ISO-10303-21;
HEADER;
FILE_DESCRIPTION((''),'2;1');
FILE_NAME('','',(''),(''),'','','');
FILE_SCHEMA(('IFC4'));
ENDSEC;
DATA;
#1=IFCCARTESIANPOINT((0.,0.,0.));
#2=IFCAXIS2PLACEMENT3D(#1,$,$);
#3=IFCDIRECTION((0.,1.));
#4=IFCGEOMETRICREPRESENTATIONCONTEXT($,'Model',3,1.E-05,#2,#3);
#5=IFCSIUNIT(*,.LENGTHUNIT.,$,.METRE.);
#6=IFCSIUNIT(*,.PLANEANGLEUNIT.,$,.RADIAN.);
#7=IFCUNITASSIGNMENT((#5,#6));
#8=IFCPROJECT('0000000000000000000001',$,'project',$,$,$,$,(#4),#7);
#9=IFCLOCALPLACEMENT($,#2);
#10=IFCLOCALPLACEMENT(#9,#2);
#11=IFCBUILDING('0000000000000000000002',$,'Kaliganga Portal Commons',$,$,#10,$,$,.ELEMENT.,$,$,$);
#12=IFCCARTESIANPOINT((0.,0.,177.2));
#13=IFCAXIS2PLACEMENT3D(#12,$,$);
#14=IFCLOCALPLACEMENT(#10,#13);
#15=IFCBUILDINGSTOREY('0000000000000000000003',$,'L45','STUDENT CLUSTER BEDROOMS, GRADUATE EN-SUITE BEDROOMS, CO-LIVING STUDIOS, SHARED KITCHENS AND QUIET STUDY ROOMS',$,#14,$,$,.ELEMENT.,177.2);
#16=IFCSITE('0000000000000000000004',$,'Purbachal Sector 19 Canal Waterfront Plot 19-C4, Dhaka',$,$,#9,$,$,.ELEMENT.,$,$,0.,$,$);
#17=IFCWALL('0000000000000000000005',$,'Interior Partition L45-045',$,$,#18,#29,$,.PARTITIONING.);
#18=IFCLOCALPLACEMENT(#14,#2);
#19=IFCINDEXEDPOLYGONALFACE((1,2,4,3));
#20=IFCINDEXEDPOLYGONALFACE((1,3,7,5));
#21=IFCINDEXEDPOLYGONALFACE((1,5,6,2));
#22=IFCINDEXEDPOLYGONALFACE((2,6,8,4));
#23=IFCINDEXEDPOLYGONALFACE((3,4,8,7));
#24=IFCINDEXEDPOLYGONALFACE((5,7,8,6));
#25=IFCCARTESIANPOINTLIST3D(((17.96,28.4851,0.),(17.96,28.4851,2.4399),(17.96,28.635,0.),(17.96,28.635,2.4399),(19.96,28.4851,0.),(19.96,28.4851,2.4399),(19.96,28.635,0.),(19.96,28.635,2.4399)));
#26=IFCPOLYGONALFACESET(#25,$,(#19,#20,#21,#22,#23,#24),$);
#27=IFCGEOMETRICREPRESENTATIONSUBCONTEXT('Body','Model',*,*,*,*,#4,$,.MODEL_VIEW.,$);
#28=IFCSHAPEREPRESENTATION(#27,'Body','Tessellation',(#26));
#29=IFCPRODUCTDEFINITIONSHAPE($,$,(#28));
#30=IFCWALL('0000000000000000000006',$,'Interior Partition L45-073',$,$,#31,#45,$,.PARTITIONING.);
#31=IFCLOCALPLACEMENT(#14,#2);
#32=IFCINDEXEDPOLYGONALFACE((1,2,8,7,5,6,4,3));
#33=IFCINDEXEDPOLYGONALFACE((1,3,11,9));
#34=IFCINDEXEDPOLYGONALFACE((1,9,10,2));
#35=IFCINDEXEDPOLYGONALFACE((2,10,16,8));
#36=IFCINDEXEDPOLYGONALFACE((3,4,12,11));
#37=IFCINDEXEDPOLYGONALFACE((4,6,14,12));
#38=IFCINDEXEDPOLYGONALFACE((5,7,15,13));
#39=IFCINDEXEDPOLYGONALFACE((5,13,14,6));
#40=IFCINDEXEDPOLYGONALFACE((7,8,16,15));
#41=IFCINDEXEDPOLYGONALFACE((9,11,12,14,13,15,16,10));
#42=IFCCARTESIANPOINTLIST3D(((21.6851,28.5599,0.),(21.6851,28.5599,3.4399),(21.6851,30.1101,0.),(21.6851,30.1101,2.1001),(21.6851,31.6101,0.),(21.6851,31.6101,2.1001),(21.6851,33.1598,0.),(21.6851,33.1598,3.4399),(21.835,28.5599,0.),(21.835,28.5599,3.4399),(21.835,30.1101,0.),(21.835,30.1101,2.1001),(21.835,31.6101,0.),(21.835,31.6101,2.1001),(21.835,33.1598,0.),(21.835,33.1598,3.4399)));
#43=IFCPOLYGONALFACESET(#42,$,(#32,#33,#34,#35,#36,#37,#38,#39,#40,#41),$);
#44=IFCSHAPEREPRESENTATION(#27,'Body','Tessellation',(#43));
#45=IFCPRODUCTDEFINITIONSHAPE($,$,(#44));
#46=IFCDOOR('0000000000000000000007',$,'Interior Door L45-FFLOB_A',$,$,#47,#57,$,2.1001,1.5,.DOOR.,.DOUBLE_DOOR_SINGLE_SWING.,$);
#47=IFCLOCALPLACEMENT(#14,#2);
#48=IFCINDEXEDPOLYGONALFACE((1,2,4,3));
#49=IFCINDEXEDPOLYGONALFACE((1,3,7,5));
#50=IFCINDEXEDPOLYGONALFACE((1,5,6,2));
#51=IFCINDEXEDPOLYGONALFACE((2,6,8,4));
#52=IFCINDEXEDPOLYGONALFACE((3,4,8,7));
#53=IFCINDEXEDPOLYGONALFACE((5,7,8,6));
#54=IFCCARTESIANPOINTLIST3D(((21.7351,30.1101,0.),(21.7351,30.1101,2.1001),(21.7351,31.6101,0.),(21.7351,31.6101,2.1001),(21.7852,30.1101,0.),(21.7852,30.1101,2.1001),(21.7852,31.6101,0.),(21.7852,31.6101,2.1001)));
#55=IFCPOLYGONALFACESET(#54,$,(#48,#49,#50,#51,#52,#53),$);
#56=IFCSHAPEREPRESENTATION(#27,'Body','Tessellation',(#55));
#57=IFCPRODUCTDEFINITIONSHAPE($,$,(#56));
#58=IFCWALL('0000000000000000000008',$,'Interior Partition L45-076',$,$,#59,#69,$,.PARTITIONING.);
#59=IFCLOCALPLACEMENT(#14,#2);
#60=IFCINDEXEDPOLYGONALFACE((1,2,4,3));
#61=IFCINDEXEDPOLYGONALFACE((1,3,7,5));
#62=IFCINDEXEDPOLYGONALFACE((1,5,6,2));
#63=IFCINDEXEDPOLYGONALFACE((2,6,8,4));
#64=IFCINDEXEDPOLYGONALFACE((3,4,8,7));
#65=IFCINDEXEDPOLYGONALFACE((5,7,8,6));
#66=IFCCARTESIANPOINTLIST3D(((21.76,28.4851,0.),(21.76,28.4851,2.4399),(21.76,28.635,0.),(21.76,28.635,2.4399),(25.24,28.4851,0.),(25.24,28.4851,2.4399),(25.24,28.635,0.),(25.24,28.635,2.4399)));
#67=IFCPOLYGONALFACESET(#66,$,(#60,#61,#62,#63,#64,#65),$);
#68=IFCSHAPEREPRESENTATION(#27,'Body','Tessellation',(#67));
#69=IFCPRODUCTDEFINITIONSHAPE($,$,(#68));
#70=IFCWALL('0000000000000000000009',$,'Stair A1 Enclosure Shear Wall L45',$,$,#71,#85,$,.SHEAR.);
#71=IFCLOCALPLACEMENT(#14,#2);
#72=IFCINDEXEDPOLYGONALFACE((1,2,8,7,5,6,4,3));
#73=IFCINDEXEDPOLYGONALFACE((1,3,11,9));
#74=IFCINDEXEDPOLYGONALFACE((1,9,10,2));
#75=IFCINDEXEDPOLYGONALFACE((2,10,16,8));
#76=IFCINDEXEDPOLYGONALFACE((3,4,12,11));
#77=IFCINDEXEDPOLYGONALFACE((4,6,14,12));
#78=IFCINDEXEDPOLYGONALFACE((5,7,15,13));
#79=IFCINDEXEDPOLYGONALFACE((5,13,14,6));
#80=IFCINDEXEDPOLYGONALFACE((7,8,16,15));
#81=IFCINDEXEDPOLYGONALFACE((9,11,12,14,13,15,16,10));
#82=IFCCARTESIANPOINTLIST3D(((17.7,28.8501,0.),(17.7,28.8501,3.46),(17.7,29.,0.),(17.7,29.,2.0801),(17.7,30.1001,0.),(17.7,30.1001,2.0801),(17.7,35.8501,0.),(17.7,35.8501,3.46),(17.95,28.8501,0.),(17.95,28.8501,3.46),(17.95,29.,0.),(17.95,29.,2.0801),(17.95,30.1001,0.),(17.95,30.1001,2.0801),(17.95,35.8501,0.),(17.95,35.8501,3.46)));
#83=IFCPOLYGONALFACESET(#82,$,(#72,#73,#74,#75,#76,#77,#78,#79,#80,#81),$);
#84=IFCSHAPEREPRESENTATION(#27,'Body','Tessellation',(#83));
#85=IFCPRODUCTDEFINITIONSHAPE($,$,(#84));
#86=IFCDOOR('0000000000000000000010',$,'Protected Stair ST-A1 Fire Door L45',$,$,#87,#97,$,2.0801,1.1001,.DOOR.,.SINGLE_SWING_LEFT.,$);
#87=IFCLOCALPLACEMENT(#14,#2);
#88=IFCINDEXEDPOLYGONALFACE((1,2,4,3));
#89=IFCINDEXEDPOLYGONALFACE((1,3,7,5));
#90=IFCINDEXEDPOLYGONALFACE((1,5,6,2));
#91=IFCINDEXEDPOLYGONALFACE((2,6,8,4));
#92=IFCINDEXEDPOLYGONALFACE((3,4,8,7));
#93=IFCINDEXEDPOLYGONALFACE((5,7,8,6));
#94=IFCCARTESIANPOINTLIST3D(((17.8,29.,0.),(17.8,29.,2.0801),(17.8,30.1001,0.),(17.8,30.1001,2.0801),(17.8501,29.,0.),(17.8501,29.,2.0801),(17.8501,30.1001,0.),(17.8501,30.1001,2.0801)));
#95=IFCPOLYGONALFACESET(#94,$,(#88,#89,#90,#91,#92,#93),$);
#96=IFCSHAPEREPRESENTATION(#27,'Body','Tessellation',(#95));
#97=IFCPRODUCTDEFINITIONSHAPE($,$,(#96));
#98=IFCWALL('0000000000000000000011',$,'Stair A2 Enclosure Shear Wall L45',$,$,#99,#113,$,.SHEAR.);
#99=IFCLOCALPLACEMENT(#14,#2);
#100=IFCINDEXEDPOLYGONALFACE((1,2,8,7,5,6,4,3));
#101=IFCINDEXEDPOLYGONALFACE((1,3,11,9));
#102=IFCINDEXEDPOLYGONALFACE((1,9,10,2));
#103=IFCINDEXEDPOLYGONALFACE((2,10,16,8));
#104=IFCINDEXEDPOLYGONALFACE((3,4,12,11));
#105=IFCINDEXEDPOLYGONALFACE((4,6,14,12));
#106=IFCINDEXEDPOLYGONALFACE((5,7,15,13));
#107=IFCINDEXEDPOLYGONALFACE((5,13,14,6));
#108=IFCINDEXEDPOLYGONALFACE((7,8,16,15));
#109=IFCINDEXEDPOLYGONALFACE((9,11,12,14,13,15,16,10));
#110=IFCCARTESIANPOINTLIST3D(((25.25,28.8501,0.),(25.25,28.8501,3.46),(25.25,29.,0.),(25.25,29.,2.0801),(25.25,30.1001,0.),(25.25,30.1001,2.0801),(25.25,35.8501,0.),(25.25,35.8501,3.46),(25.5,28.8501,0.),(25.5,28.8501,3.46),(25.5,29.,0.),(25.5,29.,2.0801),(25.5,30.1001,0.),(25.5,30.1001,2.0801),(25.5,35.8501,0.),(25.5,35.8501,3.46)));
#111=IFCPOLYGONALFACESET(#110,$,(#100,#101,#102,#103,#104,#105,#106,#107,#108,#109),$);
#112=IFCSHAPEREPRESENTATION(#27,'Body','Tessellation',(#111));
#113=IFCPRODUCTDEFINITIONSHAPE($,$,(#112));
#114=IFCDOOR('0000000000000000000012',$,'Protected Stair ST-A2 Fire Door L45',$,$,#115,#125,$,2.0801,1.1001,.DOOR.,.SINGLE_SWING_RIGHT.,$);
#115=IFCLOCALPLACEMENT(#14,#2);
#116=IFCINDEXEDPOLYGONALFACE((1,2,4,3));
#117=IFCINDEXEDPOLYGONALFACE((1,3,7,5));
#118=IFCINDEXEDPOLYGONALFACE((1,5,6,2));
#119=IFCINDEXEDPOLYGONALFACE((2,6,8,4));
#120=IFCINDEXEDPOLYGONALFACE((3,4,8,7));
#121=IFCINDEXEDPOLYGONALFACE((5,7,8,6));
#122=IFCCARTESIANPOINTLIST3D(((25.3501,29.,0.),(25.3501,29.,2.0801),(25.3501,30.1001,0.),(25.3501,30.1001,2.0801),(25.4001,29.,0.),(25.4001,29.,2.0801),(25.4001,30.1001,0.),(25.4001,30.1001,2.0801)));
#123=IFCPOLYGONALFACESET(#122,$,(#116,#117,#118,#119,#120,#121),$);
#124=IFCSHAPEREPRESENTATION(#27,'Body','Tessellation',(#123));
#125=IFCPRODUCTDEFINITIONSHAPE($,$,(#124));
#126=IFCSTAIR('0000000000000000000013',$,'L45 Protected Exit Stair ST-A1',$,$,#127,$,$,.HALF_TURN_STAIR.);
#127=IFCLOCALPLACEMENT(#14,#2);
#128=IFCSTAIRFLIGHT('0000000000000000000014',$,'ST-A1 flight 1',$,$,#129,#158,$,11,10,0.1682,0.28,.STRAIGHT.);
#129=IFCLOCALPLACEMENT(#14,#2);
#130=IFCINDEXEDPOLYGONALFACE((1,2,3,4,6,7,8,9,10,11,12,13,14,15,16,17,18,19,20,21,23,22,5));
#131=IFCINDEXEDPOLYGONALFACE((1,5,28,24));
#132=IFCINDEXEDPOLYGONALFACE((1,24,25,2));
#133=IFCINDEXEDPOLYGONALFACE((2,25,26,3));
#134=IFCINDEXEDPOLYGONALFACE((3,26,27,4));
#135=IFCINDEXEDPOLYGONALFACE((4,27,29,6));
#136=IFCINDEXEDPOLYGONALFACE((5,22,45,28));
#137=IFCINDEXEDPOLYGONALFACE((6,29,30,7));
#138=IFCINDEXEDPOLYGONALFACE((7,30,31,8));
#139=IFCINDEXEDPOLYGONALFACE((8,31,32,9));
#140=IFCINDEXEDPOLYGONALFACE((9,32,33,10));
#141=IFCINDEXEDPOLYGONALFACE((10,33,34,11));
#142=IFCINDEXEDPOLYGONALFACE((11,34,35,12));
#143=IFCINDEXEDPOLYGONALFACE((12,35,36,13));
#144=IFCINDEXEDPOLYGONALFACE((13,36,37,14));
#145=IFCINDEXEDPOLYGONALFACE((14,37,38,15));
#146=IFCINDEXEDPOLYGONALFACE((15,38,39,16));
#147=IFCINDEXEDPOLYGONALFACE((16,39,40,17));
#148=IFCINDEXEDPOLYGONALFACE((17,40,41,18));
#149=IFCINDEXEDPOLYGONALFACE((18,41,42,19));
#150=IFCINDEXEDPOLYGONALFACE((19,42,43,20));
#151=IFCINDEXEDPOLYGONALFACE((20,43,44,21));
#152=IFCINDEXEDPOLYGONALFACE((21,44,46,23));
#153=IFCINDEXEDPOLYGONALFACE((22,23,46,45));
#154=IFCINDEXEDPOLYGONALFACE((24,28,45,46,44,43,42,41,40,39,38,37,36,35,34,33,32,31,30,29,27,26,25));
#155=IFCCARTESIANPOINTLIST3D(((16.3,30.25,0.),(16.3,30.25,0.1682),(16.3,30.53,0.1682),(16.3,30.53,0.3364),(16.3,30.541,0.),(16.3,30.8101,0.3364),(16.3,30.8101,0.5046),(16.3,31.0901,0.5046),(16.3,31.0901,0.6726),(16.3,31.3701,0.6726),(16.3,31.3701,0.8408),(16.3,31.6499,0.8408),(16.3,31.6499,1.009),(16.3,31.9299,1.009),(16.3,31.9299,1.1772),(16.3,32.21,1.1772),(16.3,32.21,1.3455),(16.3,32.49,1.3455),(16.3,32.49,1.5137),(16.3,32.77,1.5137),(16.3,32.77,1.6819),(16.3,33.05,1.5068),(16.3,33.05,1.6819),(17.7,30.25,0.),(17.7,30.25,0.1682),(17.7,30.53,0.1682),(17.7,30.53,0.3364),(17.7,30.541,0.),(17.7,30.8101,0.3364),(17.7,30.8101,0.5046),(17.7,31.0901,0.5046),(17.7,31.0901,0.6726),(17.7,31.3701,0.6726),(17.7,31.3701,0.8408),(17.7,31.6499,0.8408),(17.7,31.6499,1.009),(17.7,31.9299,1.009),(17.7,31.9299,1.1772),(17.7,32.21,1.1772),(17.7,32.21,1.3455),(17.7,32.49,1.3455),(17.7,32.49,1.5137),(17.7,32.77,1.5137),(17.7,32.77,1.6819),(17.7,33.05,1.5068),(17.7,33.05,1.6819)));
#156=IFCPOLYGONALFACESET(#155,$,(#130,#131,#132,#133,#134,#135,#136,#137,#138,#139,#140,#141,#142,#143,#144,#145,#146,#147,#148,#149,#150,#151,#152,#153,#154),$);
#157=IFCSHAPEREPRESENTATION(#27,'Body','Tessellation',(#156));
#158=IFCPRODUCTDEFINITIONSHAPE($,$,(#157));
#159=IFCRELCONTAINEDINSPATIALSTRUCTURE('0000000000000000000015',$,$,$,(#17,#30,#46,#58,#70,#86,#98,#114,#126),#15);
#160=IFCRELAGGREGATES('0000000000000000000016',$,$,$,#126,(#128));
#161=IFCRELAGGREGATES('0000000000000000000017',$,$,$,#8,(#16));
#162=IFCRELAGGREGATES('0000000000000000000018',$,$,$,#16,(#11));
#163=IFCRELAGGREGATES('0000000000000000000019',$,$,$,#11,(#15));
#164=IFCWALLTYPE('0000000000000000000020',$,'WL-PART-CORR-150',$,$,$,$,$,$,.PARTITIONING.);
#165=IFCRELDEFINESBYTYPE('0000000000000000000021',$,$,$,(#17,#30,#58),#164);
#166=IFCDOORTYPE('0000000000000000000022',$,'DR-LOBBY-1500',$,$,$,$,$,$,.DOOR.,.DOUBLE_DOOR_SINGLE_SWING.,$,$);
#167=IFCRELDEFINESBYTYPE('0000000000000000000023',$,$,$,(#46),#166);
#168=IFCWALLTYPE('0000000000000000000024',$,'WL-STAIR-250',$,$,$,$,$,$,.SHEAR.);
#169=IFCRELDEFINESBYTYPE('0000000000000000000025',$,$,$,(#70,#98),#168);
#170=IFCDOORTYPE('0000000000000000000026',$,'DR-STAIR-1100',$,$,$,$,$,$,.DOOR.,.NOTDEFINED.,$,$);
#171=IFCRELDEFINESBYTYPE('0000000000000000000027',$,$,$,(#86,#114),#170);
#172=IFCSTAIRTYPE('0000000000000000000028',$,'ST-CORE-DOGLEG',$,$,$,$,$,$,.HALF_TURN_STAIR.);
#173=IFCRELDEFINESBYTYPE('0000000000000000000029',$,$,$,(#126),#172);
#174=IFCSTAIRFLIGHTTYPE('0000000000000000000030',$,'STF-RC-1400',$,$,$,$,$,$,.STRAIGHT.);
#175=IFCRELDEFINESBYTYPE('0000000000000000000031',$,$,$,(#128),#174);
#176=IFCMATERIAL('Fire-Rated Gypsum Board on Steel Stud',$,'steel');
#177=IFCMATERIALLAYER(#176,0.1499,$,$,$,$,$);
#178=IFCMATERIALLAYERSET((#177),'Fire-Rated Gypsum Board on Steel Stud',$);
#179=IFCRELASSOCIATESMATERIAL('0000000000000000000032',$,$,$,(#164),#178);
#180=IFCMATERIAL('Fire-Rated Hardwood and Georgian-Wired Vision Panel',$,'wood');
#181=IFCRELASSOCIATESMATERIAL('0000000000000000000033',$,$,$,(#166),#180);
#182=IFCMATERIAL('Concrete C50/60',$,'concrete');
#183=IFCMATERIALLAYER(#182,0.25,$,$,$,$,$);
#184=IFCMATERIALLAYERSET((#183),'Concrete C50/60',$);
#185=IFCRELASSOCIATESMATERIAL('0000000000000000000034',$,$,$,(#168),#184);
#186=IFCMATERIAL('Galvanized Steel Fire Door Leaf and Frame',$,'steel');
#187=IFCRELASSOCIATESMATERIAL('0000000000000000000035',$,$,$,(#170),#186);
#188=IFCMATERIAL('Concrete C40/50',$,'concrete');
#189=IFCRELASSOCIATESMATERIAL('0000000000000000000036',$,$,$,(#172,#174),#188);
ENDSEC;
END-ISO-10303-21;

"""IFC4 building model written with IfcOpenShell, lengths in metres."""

from ifc_helpers import new_model, si_unit, direction, frame, frame_2d, origin, place, context, subcontext, project, spatial, polyline, rectangle, outline, extrude, material, layer, layer_set, type_object, element, fill, aggregate, save


model = new_model("IFC4")

# Units and contexts
model_context = context("Model", 3, precision=1e-05, world=origin(), true_north=direction((0.0, 1.0)))
body_context = subcontext(model_context, "Body", "Model", "MODEL_VIEW")
ifc_project = project(units=[si_unit("LENGTHUNIT", "METRE"), si_unit("PLANEANGLEUNIT", "RADIAN")], contexts=[model_context])

# Site, building, storey
site_placement = place(None, origin())
site = spatial("IfcSite", under=ifc_project, at=site_placement, Name="Purbachal Sector 19 Canal Waterfront Plot 19-C4, Dhaka", CompositionType="ELEMENT", RefElevation=0.0)
building_placement = place(site_placement, origin())
building = spatial("IfcBuilding", under=site, at=building_placement, Name="Kaliganga Portal Commons", CompositionType="ELEMENT")
storey_placement = place(building_placement, frame((0.0, 0.0, 177.2)))
storey = spatial("IfcBuildingStorey", under=building, at=storey_placement, Name="L45", Description="STUDENT CLUSTER BEDROOMS, GRADUATE EN-SUITE BEDROOMS, CO-LIVING STUDIOS, SHARED KITCHENS AND QUIET STUDY ROOMS", CompositionType="ELEMENT", Elevation=177.2)

# Shared definitions
ifc_material_1 = material(Name="Concrete C50/60", Category="concrete")

# Shared definitions
ifc_material_2 = material(Name="Fire-Rated Gypsum Board on Steel Stud", Category="steel")
ifc_layer_1 = layer(ifc_material_2, 0.1499)
ifc_layer_set_1 = layer_set([ifc_layer_1], Name="Fire-Rated Gypsum Board on Steel Stud")
wall_type_1 = type_object("IfcWallType", Name="WL-PART-CORR-150", PredefinedType="PARTITIONING", material=ifc_layer_set_1)

# Wall
wall_1_placement = place(storey_placement, frame((17.96, 28.5601, 0.0), z_axis=(0.0, 0.0, 1.0), x_axis=(1.0, 0.0, 0.0)))
element("IfcWall", 1, at=wall_1_placement, inside=storey, type_object=wall_type_1, Name="Interior Partition L45-045", PredefinedType="PARTITIONING", context=body_context, shape_type="SweptSolid", body=[
    extrude(rectangle(XDim=2.0, YDim=0.1499, at=frame_2d((1.0, 0.0))), origin(), (0.0, 0.0, 1.0), 2.4399),
])

# Wall, opening, door
wall_2_placement = place(storey_placement, frame((21.76, 28.5601, 0.0), z_axis=(0.0, 0.0, 1.0), x_axis=(0.0, 1.0, 0.0)))
wall_2 = element("IfcWall", 2, at=wall_2_placement, inside=storey, type_object=wall_type_1, Name="Interior Partition L45-073", PredefinedType="PARTITIONING", context=body_context, shape_type="SweptSolid", body=[
    extrude(rectangle(XDim=4.5999, YDim=0.1499, at=frame_2d((2.2998, 0.0))), origin(), (0.0, 0.0, 1.0), 3.4399),
])
opening_1_placement = place(wall_2_placement, frame((1.55, 0.0, 0.0)))
opening_1 = element("IfcOpeningElement", 3, at=opening_1_placement, cuts=wall_2, PredefinedType="OPENING", context=body_context, shape_type="SweptSolid", body=[
    extrude(rectangle(XDim=1.5, YDim=2.1001, at=frame_2d((0.75, 1.05))), frame((0.0, 0.085, 0.0), z_axis=(0.0, -1.0, 0.0), x_axis=(1.0, 0.0, 0.0)), (0.0, 0.0, 1.0), 0.1699),
])
ifc_material_3 = material(Name="Fire-Rated Hardwood and Georgian-Wired Vision Panel", Category="wood")
door_type_1 = type_object("IfcDoorType", Name="DR-LOBBY-1500", OperationType="DOUBLE_DOOR_SINGLE_SWING", PredefinedType="DOOR", material=ifc_material_3)
door_1_placement = place(opening_1_placement, origin())
door_1 = element("IfcDoor", 4, at=door_1_placement, inside=storey, type_object=door_type_1, Name="Interior Door L45-FFLOB_A", OperationType="DOUBLE_DOOR_SINGLE_SWING", OverallHeight=2.1001, OverallWidth=1.5, PredefinedType="DOOR", context=body_context, shape_type="SweptSolid", body=[
    extrude(rectangle(XDim=1.5, YDim=2.1001, at=frame_2d((0.75, 1.05))), frame((0.0, 0.0249, 0.0), z_axis=(0.0, -1.0, 0.0), x_axis=(1.0, 0.0, 0.0)), (0.0, 0.0, 1.0), 0.05),
])
fill(opening_1, door_1)

# Wall
wall_3_placement = place(storey_placement, frame((21.76, 28.5601, 0.0), z_axis=(0.0, 0.0, 1.0), x_axis=(1.0, 0.0, 0.0)))
element("IfcWall", 5, at=wall_3_placement, inside=storey, type_object=wall_type_1, Name="Interior Partition L45-076", PredefinedType="PARTITIONING", context=body_context, shape_type="SweptSolid", body=[
    extrude(rectangle(XDim=3.48, YDim=0.1499, at=frame_2d((1.74, 0.0))), origin(), (0.0, 0.0, 1.0), 2.4399),
])

# Walls, openings, doors
ifc_layer_2 = layer(ifc_material_1, 0.25)
ifc_layer_set_2 = layer_set([ifc_layer_2], Name="Concrete C50/60")
wall_type_2 = type_object("IfcWallType", Name="WL-STAIR-250", PredefinedType="SHEAR", material=ifc_layer_set_2)
wall_4_placement = place(storey_placement, frame((17.825, 28.8501, 0.0), z_axis=(0.0, 0.0, 1.0), x_axis=(0.0, 1.0, 0.0)))
wall_4 = element("IfcWall", 6, at=wall_4_placement, inside=storey, type_object=wall_type_2, Name="Stair A1 Enclosure Shear Wall L45", PredefinedType="SHEAR", context=body_context, shape_type="SweptSolid", body=[
    extrude(rectangle(XDim=7.0, YDim=0.25, at=frame_2d((3.5, 0.0))), origin(), (0.0, 0.0, 1.0), 3.46),
])
opening_2_placement = place(wall_4_placement, frame((0.1499, 0.0, 0.0)))
opening_2 = element("IfcOpeningElement", 7, at=opening_2_placement, cuts=wall_4, PredefinedType="OPENING", context=body_context, shape_type="SweptSolid", body=[
    extrude(rectangle(XDim=1.1001, YDim=2.0801, at=frame_2d((0.55, 1.04))), frame((0.0, 0.135, 0.0), z_axis=(0.0, -1.0, 0.0), x_axis=(1.0, 0.0, 0.0)), (0.0, 0.0, 1.0), 0.27),
])
ifc_material_4 = material(Name="Galvanized Steel Fire Door Leaf and Frame", Category="steel")
door_type_2 = type_object("IfcDoorType", Name="DR-STAIR-1100", OperationType="NOTDEFINED", PredefinedType="DOOR", material=ifc_material_4)
door_2_placement = place(opening_2_placement, origin())
door_2 = element("IfcDoor", 8, at=door_2_placement, inside=storey, type_object=door_type_2, Name="Protected Stair ST-A1 Fire Door L45", OperationType="SINGLE_SWING_LEFT", OverallHeight=2.0801, OverallWidth=1.1001, PredefinedType="DOOR", context=body_context, shape_type="SweptSolid", body=[
    extrude(rectangle(XDim=1.1001, YDim=2.0801, at=frame_2d((0.55, 1.04))), frame((0.0, 0.0249, 0.0), z_axis=(0.0, -1.0, 0.0), x_axis=(1.0, 0.0, 0.0)), (0.0, 0.0, 1.0), 0.05),
])
fill(opening_2, door_2)
wall_5_placement = place(storey_placement, frame((25.375, 28.8501, 0.0), z_axis=(0.0, 0.0, 1.0), x_axis=(0.0, 1.0, 0.0)))
wall_5 = element("IfcWall", 9, at=wall_5_placement, inside=storey, type_object=wall_type_2, Name="Stair A2 Enclosure Shear Wall L45", PredefinedType="SHEAR", context=body_context, shape_type="SweptSolid", body=[
    extrude(rectangle(XDim=7.0, YDim=0.25, at=frame_2d((3.5, 0.0))), origin(), (0.0, 0.0, 1.0), 3.46),
])
opening_3_placement = place(wall_5_placement, frame((0.1499, 0.0, 0.0)))
opening_3 = element("IfcOpeningElement", 10, at=opening_3_placement, cuts=wall_5, PredefinedType="OPENING", context=body_context, shape_type="SweptSolid", body=[
    extrude(rectangle(XDim=1.1001, YDim=2.0801, at=frame_2d((0.55, 1.04))), frame((0.0, 0.135, 0.0), z_axis=(0.0, -1.0, 0.0), x_axis=(1.0, 0.0, 0.0)), (0.0, 0.0, 1.0), 0.27),
])
door_3_placement = place(opening_3_placement, origin())
door_3 = element("IfcDoor", 11, at=door_3_placement, inside=storey, type_object=door_type_2, Name="Protected Stair ST-A2 Fire Door L45", OperationType="SINGLE_SWING_RIGHT", OverallHeight=2.0801, OverallWidth=1.1001, PredefinedType="DOOR", context=body_context, shape_type="SweptSolid", body=[
    extrude(rectangle(XDim=1.1001, YDim=2.0801, at=frame_2d((0.55, 1.04))), frame((0.0, 0.0249, 0.0), z_axis=(0.0, -1.0, 0.0), x_axis=(1.0, 0.0, 0.0)), (0.0, 0.0, 1.0), 0.05),
])
fill(opening_3, door_3)

# Stair, stair flight
ifc_material_5 = material(Name="Concrete C40/50", Category="concrete")
stair_type = type_object("IfcStairType", Name="ST-CORE-DOGLEG", PredefinedType="HALF_TURN_STAIR", material=ifc_material_5)
stair_1_placement = place(storey_placement, origin())
stair_1 = element("IfcStair", 12, at=stair_1_placement, inside=storey, type_object=stair_type, Name="L45 Protected Exit Stair ST-A1", PredefinedType="HALF_TURN_STAIR")
stair_flight_type = type_object("IfcStairFlightType", Name="STF-RC-1400", PredefinedType="STRAIGHT", material=ifc_material_5)
stair_flight_1_placement = place(storey_placement, frame((17.0, 30.25, 0.0), z_axis=(0.0, 0.0, 1.0), x_axis=(0.0, 1.0, 0.0)))
stair_flight_1 = element("IfcStairFlight", 13, at=stair_flight_1_placement, type_object=stair_flight_type, Name="ST-A1 flight 1", NumberOfRisers=11, NumberOfTreads=10, PredefinedType="STRAIGHT", RiserHeight=0.1682, TreadLength=0.28, context=body_context, shape_type="SweptSolid", body=[
    extrude(outline(polyline([(0.0, 0.0), (0.0, 0.1682), (0.28, 0.1682), (0.28, 0.3364), (0.5601, 0.3364), (0.5601, 0.5046), (0.8401, 0.5046), (0.8401, 0.6726), (1.1201, 0.6726), (1.1201, 0.8408), (1.3999, 0.8408), (1.3999, 1.009), (1.6799, 1.009), (1.6799, 1.1772), (1.96, 1.1772), (1.96, 1.3455), (2.24, 1.3455), (2.24, 1.5137), (2.52, 1.5137), (2.52, 1.6819), (2.8, 1.6819), (2.8, 1.8501), (2.8, 1.5068), (0.291, 0.0), (0.0, 0.0)])), frame((0.0, 0.7, 0.0), z_axis=(0.0, -1.0, 0.0), x_axis=(1.0, 0.0, 0.0)), (0.0, 0.0, 1.0), 1.3999),
])
aggregate(stair_1, [stair_flight_1])

save(model, "model.ifc")
